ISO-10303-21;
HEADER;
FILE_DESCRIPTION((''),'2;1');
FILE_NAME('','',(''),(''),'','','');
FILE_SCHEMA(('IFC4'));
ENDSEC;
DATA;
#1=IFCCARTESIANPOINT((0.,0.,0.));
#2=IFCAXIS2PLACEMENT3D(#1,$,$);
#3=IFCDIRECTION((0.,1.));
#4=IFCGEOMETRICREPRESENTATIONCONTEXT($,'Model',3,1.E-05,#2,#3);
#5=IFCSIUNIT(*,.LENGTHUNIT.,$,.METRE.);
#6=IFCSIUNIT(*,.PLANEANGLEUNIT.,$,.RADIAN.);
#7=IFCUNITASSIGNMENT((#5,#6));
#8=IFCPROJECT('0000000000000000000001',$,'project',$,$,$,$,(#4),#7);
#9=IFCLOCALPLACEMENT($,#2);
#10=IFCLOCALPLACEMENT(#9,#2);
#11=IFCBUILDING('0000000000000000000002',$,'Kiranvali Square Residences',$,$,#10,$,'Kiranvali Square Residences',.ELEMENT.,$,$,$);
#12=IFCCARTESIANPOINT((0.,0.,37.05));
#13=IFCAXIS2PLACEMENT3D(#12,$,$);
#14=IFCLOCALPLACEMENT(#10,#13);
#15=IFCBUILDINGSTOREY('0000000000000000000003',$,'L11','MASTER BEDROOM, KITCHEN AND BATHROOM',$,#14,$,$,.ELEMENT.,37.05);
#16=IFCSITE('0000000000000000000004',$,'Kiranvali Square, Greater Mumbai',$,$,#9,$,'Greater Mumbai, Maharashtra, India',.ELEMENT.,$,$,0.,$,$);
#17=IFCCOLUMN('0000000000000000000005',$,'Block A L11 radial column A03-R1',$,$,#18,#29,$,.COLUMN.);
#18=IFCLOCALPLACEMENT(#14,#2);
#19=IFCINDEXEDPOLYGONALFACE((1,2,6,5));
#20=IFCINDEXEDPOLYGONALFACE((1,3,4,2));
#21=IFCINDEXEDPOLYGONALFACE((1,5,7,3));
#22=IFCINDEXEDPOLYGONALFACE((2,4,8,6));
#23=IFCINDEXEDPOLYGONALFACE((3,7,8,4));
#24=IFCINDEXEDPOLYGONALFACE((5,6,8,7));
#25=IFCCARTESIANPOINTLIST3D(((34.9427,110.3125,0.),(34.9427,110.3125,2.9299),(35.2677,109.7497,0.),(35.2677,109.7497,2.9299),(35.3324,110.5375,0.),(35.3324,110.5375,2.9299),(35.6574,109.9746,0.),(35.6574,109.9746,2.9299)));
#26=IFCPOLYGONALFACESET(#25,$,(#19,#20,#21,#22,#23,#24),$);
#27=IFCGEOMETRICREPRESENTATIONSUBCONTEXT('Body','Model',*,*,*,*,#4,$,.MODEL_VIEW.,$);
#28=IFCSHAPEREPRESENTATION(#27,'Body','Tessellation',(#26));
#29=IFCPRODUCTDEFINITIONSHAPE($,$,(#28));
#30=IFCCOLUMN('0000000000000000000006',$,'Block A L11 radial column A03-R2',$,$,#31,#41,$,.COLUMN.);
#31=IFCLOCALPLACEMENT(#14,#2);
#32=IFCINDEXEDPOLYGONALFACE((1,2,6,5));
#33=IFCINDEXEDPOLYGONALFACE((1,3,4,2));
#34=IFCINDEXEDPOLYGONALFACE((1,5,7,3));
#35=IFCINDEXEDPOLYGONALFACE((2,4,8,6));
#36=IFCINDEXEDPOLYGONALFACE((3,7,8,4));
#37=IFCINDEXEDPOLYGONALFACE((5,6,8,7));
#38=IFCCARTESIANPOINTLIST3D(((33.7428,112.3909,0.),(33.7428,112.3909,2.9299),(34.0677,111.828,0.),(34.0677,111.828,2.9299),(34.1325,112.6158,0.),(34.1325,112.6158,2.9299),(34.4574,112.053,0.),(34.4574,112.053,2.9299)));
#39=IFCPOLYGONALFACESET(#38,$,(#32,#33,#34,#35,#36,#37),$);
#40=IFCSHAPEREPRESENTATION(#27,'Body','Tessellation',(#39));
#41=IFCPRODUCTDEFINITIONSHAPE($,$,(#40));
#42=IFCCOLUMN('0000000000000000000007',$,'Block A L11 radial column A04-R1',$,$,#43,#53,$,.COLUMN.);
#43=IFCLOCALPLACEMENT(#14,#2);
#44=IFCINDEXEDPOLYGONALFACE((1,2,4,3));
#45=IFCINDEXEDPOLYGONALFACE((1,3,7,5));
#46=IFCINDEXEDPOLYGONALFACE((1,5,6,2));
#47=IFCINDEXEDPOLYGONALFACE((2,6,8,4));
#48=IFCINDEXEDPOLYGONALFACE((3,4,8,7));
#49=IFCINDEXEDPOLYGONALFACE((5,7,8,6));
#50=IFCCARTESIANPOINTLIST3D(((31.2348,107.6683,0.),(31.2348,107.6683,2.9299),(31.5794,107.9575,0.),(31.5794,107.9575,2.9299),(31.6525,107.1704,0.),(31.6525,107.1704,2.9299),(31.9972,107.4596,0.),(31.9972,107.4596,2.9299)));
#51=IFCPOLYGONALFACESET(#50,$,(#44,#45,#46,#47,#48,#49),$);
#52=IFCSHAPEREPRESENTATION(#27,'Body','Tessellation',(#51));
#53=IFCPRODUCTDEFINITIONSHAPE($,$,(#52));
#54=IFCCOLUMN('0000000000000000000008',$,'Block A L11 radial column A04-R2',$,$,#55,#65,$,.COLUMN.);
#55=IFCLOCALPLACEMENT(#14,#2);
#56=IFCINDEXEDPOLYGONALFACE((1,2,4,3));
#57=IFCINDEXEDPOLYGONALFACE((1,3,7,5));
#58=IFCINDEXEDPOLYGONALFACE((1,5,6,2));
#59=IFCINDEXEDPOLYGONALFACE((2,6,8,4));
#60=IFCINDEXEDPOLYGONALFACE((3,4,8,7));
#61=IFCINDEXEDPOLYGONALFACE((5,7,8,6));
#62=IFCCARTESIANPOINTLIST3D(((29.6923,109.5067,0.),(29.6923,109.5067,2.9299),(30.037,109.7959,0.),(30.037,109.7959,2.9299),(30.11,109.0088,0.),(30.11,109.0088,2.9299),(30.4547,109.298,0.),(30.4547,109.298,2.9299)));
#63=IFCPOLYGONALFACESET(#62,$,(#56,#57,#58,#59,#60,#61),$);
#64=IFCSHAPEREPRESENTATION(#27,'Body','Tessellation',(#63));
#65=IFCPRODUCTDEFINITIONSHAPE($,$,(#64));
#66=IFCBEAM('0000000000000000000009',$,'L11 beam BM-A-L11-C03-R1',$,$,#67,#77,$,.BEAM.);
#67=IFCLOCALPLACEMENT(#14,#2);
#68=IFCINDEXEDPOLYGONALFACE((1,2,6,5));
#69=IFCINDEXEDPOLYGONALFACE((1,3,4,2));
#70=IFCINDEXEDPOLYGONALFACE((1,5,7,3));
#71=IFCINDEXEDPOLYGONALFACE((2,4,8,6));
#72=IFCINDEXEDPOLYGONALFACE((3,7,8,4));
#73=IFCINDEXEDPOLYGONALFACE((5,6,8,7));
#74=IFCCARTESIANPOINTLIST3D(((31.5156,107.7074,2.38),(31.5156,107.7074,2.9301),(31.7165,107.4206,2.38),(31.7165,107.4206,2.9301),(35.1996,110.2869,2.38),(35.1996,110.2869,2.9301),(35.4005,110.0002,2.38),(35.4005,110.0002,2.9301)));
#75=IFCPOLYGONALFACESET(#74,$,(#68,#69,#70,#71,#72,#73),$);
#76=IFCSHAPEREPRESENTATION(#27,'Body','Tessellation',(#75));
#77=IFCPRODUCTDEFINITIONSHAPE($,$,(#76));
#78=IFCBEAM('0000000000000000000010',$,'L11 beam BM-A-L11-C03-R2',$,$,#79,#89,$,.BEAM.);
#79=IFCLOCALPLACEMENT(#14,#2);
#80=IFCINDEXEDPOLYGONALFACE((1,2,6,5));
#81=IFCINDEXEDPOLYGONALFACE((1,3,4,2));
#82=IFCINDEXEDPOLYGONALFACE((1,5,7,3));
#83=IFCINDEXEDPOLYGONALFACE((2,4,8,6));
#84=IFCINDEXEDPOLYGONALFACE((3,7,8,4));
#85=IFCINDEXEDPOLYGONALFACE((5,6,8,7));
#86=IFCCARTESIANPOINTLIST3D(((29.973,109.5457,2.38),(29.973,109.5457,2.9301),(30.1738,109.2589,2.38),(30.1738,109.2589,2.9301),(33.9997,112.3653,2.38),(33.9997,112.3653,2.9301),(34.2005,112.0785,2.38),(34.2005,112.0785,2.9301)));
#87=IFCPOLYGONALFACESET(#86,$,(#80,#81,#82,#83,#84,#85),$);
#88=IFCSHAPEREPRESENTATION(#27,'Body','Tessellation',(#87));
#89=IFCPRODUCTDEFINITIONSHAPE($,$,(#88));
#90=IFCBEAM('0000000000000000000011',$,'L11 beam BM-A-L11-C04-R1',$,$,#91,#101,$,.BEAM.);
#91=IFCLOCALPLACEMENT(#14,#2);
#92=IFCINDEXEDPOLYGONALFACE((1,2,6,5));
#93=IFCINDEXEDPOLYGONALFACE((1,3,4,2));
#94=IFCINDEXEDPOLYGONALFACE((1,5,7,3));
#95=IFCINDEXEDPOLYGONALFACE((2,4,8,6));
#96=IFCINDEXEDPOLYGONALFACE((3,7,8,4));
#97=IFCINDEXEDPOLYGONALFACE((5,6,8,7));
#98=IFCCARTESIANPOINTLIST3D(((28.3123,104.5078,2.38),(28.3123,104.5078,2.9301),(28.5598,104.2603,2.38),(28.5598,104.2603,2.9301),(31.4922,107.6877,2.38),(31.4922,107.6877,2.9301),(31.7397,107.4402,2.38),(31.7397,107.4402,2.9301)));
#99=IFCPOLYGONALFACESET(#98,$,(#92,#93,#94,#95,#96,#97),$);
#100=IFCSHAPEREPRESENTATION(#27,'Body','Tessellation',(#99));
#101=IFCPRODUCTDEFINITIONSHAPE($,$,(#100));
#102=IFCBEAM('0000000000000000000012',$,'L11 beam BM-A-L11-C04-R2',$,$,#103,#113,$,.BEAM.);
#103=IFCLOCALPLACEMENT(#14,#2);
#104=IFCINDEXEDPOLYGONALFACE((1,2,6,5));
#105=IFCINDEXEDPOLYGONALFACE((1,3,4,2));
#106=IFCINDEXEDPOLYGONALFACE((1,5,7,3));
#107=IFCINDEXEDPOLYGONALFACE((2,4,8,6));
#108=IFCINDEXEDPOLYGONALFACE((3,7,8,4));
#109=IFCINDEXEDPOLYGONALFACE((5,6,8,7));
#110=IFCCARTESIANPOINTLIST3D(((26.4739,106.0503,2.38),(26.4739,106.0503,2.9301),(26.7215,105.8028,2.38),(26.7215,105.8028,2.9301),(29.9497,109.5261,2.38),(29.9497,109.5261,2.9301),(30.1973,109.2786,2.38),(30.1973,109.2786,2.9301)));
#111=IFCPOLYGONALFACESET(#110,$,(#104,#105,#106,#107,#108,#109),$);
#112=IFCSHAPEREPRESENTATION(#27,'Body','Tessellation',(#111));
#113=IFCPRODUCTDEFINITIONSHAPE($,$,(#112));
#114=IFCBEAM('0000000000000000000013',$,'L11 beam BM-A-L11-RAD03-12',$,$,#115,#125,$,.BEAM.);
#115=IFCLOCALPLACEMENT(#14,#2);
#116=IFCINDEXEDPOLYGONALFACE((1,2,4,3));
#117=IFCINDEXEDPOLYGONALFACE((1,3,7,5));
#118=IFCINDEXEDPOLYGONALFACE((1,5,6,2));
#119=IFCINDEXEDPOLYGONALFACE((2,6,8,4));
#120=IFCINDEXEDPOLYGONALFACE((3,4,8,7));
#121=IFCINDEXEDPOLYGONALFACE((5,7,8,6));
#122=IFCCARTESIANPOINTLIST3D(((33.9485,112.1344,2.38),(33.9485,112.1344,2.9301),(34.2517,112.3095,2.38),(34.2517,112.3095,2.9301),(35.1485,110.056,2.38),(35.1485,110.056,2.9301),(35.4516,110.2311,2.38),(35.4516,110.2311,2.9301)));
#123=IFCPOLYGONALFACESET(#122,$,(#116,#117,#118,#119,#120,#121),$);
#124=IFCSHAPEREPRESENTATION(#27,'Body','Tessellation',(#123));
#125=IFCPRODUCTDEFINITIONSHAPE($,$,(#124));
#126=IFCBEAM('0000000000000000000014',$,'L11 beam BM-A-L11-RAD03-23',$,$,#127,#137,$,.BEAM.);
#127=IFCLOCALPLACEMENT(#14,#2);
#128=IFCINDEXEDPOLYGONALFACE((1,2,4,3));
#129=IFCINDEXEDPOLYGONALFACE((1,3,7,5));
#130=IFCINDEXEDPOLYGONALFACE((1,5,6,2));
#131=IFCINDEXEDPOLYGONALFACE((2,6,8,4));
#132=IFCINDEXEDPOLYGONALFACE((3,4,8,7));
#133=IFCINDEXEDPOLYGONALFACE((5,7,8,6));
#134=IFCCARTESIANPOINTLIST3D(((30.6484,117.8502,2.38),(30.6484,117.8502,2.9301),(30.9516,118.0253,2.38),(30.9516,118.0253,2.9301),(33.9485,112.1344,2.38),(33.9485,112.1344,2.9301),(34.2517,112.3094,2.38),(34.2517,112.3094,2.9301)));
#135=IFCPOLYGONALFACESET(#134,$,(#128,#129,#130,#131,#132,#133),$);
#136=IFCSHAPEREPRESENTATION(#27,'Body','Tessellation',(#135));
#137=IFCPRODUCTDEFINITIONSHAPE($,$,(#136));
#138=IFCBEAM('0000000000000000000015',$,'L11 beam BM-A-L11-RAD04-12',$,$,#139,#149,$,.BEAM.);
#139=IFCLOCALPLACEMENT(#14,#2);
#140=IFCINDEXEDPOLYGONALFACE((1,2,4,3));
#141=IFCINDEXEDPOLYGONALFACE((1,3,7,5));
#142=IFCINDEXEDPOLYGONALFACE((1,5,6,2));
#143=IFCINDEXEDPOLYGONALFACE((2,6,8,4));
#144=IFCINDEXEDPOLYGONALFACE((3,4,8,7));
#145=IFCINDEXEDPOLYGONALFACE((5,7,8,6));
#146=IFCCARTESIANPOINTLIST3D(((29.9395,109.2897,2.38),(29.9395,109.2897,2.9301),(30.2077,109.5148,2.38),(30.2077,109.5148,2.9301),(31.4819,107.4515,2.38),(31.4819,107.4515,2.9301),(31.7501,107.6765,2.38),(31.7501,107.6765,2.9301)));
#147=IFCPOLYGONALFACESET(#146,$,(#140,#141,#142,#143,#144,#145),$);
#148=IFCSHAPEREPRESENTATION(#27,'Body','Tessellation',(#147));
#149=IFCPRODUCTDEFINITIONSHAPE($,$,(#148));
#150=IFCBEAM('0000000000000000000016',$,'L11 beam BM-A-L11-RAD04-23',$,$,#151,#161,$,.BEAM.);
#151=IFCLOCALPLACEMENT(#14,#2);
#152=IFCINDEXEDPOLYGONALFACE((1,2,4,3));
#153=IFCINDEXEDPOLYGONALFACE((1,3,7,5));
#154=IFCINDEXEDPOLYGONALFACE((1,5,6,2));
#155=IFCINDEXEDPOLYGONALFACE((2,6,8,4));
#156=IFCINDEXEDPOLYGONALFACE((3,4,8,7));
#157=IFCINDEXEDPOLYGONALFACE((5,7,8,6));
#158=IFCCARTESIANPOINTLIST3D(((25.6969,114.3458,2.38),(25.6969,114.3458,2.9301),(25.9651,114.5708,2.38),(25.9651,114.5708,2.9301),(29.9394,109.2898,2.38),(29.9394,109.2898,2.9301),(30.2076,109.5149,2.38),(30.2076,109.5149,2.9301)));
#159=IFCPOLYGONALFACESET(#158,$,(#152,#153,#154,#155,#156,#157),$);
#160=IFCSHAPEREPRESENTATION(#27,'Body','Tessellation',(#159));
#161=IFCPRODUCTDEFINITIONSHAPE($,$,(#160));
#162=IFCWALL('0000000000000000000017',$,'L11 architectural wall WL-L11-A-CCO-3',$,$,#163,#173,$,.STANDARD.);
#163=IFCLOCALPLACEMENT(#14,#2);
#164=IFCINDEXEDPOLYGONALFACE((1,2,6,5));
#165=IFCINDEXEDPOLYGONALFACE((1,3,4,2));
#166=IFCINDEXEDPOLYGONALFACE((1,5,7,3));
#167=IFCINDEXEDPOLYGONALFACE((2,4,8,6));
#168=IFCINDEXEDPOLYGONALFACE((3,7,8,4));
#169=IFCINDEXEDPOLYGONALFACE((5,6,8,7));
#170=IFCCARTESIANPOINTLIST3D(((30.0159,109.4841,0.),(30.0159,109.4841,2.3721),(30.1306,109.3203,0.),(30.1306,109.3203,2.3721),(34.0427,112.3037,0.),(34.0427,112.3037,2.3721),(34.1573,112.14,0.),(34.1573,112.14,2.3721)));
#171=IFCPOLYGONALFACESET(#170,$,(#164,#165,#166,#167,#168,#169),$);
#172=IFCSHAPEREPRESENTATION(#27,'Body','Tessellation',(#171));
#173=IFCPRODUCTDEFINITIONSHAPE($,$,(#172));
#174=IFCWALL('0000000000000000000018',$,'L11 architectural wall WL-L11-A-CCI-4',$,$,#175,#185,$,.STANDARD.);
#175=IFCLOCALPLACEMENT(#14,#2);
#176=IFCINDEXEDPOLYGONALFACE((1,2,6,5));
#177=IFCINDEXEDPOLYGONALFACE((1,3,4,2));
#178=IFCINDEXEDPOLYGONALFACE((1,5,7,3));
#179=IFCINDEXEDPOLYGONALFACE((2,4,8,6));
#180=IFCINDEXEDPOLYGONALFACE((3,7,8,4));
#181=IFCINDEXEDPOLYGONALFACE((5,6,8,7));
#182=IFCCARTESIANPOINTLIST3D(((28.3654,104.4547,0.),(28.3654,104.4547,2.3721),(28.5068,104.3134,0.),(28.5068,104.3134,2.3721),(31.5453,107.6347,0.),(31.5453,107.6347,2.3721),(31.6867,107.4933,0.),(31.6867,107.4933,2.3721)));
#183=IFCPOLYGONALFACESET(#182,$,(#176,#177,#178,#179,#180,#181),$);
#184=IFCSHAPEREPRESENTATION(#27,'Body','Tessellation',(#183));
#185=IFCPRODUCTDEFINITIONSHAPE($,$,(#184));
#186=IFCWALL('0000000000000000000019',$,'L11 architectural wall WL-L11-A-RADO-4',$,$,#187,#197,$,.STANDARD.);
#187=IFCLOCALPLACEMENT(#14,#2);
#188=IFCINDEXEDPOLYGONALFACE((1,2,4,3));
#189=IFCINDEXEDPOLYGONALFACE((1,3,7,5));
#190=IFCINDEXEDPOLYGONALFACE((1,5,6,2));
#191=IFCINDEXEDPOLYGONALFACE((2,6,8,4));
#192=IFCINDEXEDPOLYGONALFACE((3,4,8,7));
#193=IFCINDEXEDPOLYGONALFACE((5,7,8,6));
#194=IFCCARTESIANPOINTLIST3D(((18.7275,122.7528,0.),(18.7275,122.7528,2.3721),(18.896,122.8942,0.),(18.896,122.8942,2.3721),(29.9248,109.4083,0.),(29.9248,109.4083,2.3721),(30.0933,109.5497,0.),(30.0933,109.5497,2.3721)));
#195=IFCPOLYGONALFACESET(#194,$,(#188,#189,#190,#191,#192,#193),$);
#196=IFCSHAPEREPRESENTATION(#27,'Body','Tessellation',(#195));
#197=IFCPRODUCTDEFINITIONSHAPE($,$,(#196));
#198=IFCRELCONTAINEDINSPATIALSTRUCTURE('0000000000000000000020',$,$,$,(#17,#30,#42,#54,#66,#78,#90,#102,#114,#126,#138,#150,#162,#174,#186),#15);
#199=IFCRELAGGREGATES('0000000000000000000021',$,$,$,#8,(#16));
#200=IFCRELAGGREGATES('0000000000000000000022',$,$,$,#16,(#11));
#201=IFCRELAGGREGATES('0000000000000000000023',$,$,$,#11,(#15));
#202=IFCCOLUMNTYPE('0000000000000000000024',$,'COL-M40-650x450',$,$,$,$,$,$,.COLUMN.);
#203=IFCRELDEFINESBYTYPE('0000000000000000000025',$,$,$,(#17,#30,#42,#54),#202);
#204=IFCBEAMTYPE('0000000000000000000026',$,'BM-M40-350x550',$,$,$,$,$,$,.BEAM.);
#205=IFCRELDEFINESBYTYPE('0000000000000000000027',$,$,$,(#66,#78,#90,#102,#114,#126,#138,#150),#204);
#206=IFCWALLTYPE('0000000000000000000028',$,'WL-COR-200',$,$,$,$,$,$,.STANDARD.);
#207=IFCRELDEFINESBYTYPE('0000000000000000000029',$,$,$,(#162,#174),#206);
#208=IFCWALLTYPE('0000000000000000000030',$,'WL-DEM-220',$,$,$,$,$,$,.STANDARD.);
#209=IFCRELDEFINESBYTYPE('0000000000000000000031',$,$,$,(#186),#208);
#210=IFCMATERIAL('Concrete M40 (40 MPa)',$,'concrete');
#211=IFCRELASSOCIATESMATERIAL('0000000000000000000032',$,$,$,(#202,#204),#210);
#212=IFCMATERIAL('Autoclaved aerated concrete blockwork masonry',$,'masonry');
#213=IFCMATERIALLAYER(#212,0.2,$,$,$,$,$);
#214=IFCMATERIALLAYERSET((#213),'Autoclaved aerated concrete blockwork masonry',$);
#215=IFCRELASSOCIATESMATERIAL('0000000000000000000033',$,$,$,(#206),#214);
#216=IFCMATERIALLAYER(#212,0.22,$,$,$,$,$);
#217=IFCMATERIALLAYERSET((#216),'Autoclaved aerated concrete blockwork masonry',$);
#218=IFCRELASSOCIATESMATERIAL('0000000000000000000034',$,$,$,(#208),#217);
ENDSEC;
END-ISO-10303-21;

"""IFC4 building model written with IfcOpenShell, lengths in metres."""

from ifc_helpers import new_model, si_unit, direction, frame, frame_2d, origin, origin_2d, place, context, subcontext, project, spatial, rectangle, extrude, material, layer, layer_set, material_profile, profile_set, type_object, element, save


model = new_model("IFC4")

# Units and contexts
model_context = context("Model", 3, precision=1e-05, world=origin(), true_north=direction((0.0, 1.0)))
body_context = subcontext(model_context, "Body", "Model", "MODEL_VIEW")
ifc_project = project(units=[si_unit("LENGTHUNIT", "METRE"), si_unit("PLANEANGLEUNIT", "RADIAN")], contexts=[model_context])

# Site, building, storey
site_placement = place(None, origin())
site = spatial("IfcSite", under=ifc_project, at=site_placement, Name="Kiranvali Square, Greater Mumbai", LongName="Greater Mumbai, Maharashtra, India", CompositionType="ELEMENT", RefElevation=0.0)
building_placement = place(site_placement, origin())
building = spatial("IfcBuilding", under=site, at=building_placement, Name="Kiranvali Square Residences", LongName="Kiranvali Square Residences", CompositionType="ELEMENT")
storey_placement = place(building_placement, frame((0.0, 0.0, 37.05)))
storey = spatial("IfcBuildingStorey", under=building, at=storey_placement, Name="L11", Description="MASTER BEDROOM, KITCHEN AND BATHROOM", CompositionType="ELEMENT", Elevation=37.05)

# Columns
ifc_material_1 = material(Name="Concrete M40 (40 MPa)", Category="concrete")
ifc_material_profile_1 = material_profile(ifc_material_1, rectangle(XDim=0.45, YDim=0.6499, at=origin_2d()), Name="RC 650x450")
ifc_profile_set_1 = profile_set([ifc_material_profile_1], Name="Concrete M40 (40 MPa)")
column_type = type_object("IfcColumnType", Name="COL-M40-650x450", PredefinedType="COLUMN", material=ifc_profile_set_1)
for number, where, z_axis, x_axis, name in (
    (1, (35.3, 110.1436, 0.0), (0.0, 0.0, 1.0), (0.866025, 0.5, 0.0), "Block A L11 radial column A03-R1"),
    (2, (34.1001, 112.2219, 0.0), (0.0, 0.0, 1.0), (0.866025, 0.5, 0.0), "Block A L11 radial column A03-R2"),
    (3, (31.616, 107.564, 0.0), (0.0, 0.0, 1.0), (0.766044, 0.642788, 0.0), "Block A L11 radial column A04-R1"),
    (4, (30.0735, 109.4023, 0.0), (0.0, 0.0, 1.0), (0.766044, 0.642788, 0.0), "Block A L11 radial column A04-R2"),
):
    element("IfcColumn", number, at=place(storey_placement, frame(where, z_axis=z_axis, x_axis=x_axis)), inside=storey, type_object=column_type, Name=name, PredefinedType="COLUMN", context=body_context, shape_type="SweptSolid", body=[
        extrude(rectangle(XDim=0.45, YDim=0.6499, at=origin_2d()), origin(), (0.0, 0.0, 1.0), 2.9299),
    ])

# Beams
ifc_material_profile_2 = material_profile(ifc_material_1, rectangle(XDim=0.3501, YDim=0.55, at=origin_2d()), Name="RC 350x550")
ifc_profile_set_2 = profile_set([ifc_material_profile_2], Name="Concrete M40 (40 MPa)")
beam_type = type_object("IfcBeamType", Name="BM-M40-350x550", PredefinedType="BEAM", material=ifc_profile_set_2)
beam_1_placement = place(storey_placement, frame((35.3, 110.1436, 2.655), z_axis=(-0.819155, -0.573572, 0.0), x_axis=(0.573572, -0.819155, 0.0)))
element("IfcBeam", 5, at=beam_1_placement, inside=storey, type_object=beam_type, Name="L11 beam BM-A-L11-C03-R1", PredefinedType="BEAM", context=body_context, shape_type="SweptSolid", body=[
    extrude(rectangle(XDim=0.3501, YDim=0.55, at=origin_2d()), origin(), (0.0, 0.0, 1.0), 4.4973),
])
beam_2_placement = place(storey_placement, frame((34.1001, 112.2219, 2.655), z_axis=(-0.819141, -0.573592, 0.0), x_axis=(0.573592, -0.819141, 0.0)))
element("IfcBeam", 6, at=beam_2_placement, inside=storey, type_object=beam_type, Name="L11 beam BM-A-L11-C03-R2", PredefinedType="BEAM", context=body_context, shape_type="SweptSolid", body=[
    extrude(rectangle(XDim=0.3501, YDim=0.55, at=origin_2d()), origin(), (0.0, 0.0, 1.0), 4.9158),
])
beam_3_placement = place(storey_placement, frame((31.616, 107.564, 2.655), z_axis=(-0.707107, -0.707107, 0.0), x_axis=(0.707107, -0.707107, 0.0)))
element("IfcBeam", 7, at=beam_3_placement, inside=storey, type_object=beam_type, Name="L11 beam BM-A-L11-C04-R1", PredefinedType="BEAM", context=body_context, shape_type="SweptSolid", body=[
    extrude(rectangle(XDim=0.3501, YDim=0.55, at=origin_2d()), origin(), (0.0, 0.0, 1.0), 4.4971),
])
beam_4_placement = place(storey_placement, frame((30.0735, 109.4023, 2.655), z_axis=(-0.707107, -0.707107, 0.0), x_axis=(0.707107, -0.707107, 0.0)))
element("IfcBeam", 8, at=beam_4_placement, inside=storey, type_object=beam_type, Name="L11 beam BM-A-L11-C04-R2", PredefinedType="BEAM", context=body_context, shape_type="SweptSolid", body=[
    extrude(rectangle(XDim=0.3501, YDim=0.55, at=origin_2d()), origin(), (0.0, 0.0, 1.0), 4.9155),
])
beam_5_placement = place(storey_placement, frame((35.3, 110.1436, 2.655), z_axis=(-0.500001, 0.866025, 0.0), x_axis=(-0.866025, -0.500001, 0.0)))
element("IfcBeam", 9, at=beam_5_placement, inside=storey, type_object=beam_type, Name="L11 beam BM-A-L11-RAD03-12", PredefinedType="BEAM", context=body_context, shape_type="SweptSolid", body=[
    extrude(rectangle(XDim=0.3501, YDim=0.55, at=origin_2d()), origin(), (0.0, 0.0, 1.0), 2.3999),
])
beam_6_placement = place(storey_placement, frame((34.1001, 112.2219, 2.655), z_axis=(-0.500002, 0.866024, 0.0), x_axis=(-0.866024, -0.500002, 0.0)))
element("IfcBeam", 10, at=beam_6_placement, inside=storey, type_object=beam_type, Name="L11 beam BM-A-L11-RAD03-23", PredefinedType="BEAM", context=body_context, shape_type="SweptSolid", body=[
    extrude(rectangle(XDim=0.3501, YDim=0.55, at=origin_2d()), origin(), (0.0, 0.0, 1.0), 6.6001),
])
beam_7_placement = place(storey_placement, frame((31.616, 107.564, 2.655), z_axis=(-0.642763, 0.766065, 0.0), x_axis=(-0.766065, -0.642763, 0.0)))
element("IfcBeam", 11, at=beam_7_placement, inside=storey, type_object=beam_type, Name="L11 beam BM-A-L11-RAD04-12", PredefinedType="BEAM", context=body_context, shape_type="SweptSolid", body=[
    extrude(rectangle(XDim=0.3501, YDim=0.55, at=origin_2d()), origin(), (0.0, 0.0, 1.0), 2.3997),
])
beam_8_placement = place(storey_placement, frame((30.0735, 109.4023, 2.655), z_axis=(-0.642789, 0.766043, 0.0), x_axis=(-0.766043, -0.642789, 0.0)))
element("IfcBeam", 12, at=beam_8_placement, inside=storey, type_object=beam_type, Name="L11 beam BM-A-L11-RAD04-23", PredefinedType="BEAM", context=body_context, shape_type="SweptSolid", body=[
    extrude(rectangle(XDim=0.3501, YDim=0.55, at=origin_2d()), origin(), (0.0, 0.0, 1.0), 6.6001),
])

# Shared definitions
ifc_material_2 = material(Name="Autoclaved aerated concrete blockwork masonry", Category="masonry")
ifc_layer_1 = layer(ifc_material_2, 0.2)
ifc_layer_set_1 = layer_set([ifc_layer_1], Name="Autoclaved aerated concrete blockwork masonry")
wall_type_1 = type_object("IfcWallType", Name="WL-COR-200", PredefinedType="STANDARD", material=ifc_layer_set_1)

# Walls
wall_1_placement = place(storey_placement, frame((34.1001, 112.2219, 0.0), z_axis=(0.0, 0.0, 1.0), x_axis=(-0.819141, -0.573592, 0.0)))
element("IfcWall", 13, at=wall_1_placement, inside=storey, type_object=wall_type_1, Name="L11 architectural wall WL-L11-A-CCO-3", PredefinedType="STANDARD", context=body_context, shape_type="SweptSolid", body=[
    extrude(rectangle(XDim=4.9158, YDim=0.2, at=frame_2d((2.458, 0.0))), origin(), (0.0, 0.0, 1.0), 2.3721),
])
wall_2_placement = place(storey_placement, frame((31.616, 107.564, 0.0), z_axis=(0.0, 0.0, 1.0), x_axis=(-0.707107, -0.707107, 0.0)))
element("IfcWall", 14, at=wall_2_placement, inside=storey, type_object=wall_type_1, Name="L11 architectural wall WL-L11-A-CCI-4", PredefinedType="STANDARD", context=body_context, shape_type="SweptSolid", body=[
    extrude(rectangle(XDim=4.4971, YDim=0.2, at=frame_2d((2.2485, 0.0))), origin(), (0.0, 0.0, 1.0), 2.3721),
])

# Wall
ifc_layer_2 = layer(ifc_material_2, 0.22)
ifc_layer_set_2 = layer_set([ifc_layer_2], Name="Autoclaved aerated concrete blockwork masonry")
wall_type_2 = type_object("IfcWallType", Name="WL-DEM-220", PredefinedType="STANDARD", material=ifc_layer_set_2)
wall_3_placement = place(storey_placement, frame((30.009, 109.479, 0.0), z_axis=(0.0, 0.0, 1.0), x_axis=(-0.642785, 0.766047, 0.0)))
element("IfcWall", 15, at=wall_3_placement, inside=storey, type_object=wall_type_2, Name="L11 architectural wall WL-L11-A-RADO-4", PredefinedType="STANDARD", context=body_context, shape_type="SweptSolid", body=[
    extrude(rectangle(XDim=17.4199, YDim=0.22, at=frame_2d((8.71, 0.0))), origin(), (0.0, 0.0, 1.0), 2.3721),
])

save(model, "model.ifc")
